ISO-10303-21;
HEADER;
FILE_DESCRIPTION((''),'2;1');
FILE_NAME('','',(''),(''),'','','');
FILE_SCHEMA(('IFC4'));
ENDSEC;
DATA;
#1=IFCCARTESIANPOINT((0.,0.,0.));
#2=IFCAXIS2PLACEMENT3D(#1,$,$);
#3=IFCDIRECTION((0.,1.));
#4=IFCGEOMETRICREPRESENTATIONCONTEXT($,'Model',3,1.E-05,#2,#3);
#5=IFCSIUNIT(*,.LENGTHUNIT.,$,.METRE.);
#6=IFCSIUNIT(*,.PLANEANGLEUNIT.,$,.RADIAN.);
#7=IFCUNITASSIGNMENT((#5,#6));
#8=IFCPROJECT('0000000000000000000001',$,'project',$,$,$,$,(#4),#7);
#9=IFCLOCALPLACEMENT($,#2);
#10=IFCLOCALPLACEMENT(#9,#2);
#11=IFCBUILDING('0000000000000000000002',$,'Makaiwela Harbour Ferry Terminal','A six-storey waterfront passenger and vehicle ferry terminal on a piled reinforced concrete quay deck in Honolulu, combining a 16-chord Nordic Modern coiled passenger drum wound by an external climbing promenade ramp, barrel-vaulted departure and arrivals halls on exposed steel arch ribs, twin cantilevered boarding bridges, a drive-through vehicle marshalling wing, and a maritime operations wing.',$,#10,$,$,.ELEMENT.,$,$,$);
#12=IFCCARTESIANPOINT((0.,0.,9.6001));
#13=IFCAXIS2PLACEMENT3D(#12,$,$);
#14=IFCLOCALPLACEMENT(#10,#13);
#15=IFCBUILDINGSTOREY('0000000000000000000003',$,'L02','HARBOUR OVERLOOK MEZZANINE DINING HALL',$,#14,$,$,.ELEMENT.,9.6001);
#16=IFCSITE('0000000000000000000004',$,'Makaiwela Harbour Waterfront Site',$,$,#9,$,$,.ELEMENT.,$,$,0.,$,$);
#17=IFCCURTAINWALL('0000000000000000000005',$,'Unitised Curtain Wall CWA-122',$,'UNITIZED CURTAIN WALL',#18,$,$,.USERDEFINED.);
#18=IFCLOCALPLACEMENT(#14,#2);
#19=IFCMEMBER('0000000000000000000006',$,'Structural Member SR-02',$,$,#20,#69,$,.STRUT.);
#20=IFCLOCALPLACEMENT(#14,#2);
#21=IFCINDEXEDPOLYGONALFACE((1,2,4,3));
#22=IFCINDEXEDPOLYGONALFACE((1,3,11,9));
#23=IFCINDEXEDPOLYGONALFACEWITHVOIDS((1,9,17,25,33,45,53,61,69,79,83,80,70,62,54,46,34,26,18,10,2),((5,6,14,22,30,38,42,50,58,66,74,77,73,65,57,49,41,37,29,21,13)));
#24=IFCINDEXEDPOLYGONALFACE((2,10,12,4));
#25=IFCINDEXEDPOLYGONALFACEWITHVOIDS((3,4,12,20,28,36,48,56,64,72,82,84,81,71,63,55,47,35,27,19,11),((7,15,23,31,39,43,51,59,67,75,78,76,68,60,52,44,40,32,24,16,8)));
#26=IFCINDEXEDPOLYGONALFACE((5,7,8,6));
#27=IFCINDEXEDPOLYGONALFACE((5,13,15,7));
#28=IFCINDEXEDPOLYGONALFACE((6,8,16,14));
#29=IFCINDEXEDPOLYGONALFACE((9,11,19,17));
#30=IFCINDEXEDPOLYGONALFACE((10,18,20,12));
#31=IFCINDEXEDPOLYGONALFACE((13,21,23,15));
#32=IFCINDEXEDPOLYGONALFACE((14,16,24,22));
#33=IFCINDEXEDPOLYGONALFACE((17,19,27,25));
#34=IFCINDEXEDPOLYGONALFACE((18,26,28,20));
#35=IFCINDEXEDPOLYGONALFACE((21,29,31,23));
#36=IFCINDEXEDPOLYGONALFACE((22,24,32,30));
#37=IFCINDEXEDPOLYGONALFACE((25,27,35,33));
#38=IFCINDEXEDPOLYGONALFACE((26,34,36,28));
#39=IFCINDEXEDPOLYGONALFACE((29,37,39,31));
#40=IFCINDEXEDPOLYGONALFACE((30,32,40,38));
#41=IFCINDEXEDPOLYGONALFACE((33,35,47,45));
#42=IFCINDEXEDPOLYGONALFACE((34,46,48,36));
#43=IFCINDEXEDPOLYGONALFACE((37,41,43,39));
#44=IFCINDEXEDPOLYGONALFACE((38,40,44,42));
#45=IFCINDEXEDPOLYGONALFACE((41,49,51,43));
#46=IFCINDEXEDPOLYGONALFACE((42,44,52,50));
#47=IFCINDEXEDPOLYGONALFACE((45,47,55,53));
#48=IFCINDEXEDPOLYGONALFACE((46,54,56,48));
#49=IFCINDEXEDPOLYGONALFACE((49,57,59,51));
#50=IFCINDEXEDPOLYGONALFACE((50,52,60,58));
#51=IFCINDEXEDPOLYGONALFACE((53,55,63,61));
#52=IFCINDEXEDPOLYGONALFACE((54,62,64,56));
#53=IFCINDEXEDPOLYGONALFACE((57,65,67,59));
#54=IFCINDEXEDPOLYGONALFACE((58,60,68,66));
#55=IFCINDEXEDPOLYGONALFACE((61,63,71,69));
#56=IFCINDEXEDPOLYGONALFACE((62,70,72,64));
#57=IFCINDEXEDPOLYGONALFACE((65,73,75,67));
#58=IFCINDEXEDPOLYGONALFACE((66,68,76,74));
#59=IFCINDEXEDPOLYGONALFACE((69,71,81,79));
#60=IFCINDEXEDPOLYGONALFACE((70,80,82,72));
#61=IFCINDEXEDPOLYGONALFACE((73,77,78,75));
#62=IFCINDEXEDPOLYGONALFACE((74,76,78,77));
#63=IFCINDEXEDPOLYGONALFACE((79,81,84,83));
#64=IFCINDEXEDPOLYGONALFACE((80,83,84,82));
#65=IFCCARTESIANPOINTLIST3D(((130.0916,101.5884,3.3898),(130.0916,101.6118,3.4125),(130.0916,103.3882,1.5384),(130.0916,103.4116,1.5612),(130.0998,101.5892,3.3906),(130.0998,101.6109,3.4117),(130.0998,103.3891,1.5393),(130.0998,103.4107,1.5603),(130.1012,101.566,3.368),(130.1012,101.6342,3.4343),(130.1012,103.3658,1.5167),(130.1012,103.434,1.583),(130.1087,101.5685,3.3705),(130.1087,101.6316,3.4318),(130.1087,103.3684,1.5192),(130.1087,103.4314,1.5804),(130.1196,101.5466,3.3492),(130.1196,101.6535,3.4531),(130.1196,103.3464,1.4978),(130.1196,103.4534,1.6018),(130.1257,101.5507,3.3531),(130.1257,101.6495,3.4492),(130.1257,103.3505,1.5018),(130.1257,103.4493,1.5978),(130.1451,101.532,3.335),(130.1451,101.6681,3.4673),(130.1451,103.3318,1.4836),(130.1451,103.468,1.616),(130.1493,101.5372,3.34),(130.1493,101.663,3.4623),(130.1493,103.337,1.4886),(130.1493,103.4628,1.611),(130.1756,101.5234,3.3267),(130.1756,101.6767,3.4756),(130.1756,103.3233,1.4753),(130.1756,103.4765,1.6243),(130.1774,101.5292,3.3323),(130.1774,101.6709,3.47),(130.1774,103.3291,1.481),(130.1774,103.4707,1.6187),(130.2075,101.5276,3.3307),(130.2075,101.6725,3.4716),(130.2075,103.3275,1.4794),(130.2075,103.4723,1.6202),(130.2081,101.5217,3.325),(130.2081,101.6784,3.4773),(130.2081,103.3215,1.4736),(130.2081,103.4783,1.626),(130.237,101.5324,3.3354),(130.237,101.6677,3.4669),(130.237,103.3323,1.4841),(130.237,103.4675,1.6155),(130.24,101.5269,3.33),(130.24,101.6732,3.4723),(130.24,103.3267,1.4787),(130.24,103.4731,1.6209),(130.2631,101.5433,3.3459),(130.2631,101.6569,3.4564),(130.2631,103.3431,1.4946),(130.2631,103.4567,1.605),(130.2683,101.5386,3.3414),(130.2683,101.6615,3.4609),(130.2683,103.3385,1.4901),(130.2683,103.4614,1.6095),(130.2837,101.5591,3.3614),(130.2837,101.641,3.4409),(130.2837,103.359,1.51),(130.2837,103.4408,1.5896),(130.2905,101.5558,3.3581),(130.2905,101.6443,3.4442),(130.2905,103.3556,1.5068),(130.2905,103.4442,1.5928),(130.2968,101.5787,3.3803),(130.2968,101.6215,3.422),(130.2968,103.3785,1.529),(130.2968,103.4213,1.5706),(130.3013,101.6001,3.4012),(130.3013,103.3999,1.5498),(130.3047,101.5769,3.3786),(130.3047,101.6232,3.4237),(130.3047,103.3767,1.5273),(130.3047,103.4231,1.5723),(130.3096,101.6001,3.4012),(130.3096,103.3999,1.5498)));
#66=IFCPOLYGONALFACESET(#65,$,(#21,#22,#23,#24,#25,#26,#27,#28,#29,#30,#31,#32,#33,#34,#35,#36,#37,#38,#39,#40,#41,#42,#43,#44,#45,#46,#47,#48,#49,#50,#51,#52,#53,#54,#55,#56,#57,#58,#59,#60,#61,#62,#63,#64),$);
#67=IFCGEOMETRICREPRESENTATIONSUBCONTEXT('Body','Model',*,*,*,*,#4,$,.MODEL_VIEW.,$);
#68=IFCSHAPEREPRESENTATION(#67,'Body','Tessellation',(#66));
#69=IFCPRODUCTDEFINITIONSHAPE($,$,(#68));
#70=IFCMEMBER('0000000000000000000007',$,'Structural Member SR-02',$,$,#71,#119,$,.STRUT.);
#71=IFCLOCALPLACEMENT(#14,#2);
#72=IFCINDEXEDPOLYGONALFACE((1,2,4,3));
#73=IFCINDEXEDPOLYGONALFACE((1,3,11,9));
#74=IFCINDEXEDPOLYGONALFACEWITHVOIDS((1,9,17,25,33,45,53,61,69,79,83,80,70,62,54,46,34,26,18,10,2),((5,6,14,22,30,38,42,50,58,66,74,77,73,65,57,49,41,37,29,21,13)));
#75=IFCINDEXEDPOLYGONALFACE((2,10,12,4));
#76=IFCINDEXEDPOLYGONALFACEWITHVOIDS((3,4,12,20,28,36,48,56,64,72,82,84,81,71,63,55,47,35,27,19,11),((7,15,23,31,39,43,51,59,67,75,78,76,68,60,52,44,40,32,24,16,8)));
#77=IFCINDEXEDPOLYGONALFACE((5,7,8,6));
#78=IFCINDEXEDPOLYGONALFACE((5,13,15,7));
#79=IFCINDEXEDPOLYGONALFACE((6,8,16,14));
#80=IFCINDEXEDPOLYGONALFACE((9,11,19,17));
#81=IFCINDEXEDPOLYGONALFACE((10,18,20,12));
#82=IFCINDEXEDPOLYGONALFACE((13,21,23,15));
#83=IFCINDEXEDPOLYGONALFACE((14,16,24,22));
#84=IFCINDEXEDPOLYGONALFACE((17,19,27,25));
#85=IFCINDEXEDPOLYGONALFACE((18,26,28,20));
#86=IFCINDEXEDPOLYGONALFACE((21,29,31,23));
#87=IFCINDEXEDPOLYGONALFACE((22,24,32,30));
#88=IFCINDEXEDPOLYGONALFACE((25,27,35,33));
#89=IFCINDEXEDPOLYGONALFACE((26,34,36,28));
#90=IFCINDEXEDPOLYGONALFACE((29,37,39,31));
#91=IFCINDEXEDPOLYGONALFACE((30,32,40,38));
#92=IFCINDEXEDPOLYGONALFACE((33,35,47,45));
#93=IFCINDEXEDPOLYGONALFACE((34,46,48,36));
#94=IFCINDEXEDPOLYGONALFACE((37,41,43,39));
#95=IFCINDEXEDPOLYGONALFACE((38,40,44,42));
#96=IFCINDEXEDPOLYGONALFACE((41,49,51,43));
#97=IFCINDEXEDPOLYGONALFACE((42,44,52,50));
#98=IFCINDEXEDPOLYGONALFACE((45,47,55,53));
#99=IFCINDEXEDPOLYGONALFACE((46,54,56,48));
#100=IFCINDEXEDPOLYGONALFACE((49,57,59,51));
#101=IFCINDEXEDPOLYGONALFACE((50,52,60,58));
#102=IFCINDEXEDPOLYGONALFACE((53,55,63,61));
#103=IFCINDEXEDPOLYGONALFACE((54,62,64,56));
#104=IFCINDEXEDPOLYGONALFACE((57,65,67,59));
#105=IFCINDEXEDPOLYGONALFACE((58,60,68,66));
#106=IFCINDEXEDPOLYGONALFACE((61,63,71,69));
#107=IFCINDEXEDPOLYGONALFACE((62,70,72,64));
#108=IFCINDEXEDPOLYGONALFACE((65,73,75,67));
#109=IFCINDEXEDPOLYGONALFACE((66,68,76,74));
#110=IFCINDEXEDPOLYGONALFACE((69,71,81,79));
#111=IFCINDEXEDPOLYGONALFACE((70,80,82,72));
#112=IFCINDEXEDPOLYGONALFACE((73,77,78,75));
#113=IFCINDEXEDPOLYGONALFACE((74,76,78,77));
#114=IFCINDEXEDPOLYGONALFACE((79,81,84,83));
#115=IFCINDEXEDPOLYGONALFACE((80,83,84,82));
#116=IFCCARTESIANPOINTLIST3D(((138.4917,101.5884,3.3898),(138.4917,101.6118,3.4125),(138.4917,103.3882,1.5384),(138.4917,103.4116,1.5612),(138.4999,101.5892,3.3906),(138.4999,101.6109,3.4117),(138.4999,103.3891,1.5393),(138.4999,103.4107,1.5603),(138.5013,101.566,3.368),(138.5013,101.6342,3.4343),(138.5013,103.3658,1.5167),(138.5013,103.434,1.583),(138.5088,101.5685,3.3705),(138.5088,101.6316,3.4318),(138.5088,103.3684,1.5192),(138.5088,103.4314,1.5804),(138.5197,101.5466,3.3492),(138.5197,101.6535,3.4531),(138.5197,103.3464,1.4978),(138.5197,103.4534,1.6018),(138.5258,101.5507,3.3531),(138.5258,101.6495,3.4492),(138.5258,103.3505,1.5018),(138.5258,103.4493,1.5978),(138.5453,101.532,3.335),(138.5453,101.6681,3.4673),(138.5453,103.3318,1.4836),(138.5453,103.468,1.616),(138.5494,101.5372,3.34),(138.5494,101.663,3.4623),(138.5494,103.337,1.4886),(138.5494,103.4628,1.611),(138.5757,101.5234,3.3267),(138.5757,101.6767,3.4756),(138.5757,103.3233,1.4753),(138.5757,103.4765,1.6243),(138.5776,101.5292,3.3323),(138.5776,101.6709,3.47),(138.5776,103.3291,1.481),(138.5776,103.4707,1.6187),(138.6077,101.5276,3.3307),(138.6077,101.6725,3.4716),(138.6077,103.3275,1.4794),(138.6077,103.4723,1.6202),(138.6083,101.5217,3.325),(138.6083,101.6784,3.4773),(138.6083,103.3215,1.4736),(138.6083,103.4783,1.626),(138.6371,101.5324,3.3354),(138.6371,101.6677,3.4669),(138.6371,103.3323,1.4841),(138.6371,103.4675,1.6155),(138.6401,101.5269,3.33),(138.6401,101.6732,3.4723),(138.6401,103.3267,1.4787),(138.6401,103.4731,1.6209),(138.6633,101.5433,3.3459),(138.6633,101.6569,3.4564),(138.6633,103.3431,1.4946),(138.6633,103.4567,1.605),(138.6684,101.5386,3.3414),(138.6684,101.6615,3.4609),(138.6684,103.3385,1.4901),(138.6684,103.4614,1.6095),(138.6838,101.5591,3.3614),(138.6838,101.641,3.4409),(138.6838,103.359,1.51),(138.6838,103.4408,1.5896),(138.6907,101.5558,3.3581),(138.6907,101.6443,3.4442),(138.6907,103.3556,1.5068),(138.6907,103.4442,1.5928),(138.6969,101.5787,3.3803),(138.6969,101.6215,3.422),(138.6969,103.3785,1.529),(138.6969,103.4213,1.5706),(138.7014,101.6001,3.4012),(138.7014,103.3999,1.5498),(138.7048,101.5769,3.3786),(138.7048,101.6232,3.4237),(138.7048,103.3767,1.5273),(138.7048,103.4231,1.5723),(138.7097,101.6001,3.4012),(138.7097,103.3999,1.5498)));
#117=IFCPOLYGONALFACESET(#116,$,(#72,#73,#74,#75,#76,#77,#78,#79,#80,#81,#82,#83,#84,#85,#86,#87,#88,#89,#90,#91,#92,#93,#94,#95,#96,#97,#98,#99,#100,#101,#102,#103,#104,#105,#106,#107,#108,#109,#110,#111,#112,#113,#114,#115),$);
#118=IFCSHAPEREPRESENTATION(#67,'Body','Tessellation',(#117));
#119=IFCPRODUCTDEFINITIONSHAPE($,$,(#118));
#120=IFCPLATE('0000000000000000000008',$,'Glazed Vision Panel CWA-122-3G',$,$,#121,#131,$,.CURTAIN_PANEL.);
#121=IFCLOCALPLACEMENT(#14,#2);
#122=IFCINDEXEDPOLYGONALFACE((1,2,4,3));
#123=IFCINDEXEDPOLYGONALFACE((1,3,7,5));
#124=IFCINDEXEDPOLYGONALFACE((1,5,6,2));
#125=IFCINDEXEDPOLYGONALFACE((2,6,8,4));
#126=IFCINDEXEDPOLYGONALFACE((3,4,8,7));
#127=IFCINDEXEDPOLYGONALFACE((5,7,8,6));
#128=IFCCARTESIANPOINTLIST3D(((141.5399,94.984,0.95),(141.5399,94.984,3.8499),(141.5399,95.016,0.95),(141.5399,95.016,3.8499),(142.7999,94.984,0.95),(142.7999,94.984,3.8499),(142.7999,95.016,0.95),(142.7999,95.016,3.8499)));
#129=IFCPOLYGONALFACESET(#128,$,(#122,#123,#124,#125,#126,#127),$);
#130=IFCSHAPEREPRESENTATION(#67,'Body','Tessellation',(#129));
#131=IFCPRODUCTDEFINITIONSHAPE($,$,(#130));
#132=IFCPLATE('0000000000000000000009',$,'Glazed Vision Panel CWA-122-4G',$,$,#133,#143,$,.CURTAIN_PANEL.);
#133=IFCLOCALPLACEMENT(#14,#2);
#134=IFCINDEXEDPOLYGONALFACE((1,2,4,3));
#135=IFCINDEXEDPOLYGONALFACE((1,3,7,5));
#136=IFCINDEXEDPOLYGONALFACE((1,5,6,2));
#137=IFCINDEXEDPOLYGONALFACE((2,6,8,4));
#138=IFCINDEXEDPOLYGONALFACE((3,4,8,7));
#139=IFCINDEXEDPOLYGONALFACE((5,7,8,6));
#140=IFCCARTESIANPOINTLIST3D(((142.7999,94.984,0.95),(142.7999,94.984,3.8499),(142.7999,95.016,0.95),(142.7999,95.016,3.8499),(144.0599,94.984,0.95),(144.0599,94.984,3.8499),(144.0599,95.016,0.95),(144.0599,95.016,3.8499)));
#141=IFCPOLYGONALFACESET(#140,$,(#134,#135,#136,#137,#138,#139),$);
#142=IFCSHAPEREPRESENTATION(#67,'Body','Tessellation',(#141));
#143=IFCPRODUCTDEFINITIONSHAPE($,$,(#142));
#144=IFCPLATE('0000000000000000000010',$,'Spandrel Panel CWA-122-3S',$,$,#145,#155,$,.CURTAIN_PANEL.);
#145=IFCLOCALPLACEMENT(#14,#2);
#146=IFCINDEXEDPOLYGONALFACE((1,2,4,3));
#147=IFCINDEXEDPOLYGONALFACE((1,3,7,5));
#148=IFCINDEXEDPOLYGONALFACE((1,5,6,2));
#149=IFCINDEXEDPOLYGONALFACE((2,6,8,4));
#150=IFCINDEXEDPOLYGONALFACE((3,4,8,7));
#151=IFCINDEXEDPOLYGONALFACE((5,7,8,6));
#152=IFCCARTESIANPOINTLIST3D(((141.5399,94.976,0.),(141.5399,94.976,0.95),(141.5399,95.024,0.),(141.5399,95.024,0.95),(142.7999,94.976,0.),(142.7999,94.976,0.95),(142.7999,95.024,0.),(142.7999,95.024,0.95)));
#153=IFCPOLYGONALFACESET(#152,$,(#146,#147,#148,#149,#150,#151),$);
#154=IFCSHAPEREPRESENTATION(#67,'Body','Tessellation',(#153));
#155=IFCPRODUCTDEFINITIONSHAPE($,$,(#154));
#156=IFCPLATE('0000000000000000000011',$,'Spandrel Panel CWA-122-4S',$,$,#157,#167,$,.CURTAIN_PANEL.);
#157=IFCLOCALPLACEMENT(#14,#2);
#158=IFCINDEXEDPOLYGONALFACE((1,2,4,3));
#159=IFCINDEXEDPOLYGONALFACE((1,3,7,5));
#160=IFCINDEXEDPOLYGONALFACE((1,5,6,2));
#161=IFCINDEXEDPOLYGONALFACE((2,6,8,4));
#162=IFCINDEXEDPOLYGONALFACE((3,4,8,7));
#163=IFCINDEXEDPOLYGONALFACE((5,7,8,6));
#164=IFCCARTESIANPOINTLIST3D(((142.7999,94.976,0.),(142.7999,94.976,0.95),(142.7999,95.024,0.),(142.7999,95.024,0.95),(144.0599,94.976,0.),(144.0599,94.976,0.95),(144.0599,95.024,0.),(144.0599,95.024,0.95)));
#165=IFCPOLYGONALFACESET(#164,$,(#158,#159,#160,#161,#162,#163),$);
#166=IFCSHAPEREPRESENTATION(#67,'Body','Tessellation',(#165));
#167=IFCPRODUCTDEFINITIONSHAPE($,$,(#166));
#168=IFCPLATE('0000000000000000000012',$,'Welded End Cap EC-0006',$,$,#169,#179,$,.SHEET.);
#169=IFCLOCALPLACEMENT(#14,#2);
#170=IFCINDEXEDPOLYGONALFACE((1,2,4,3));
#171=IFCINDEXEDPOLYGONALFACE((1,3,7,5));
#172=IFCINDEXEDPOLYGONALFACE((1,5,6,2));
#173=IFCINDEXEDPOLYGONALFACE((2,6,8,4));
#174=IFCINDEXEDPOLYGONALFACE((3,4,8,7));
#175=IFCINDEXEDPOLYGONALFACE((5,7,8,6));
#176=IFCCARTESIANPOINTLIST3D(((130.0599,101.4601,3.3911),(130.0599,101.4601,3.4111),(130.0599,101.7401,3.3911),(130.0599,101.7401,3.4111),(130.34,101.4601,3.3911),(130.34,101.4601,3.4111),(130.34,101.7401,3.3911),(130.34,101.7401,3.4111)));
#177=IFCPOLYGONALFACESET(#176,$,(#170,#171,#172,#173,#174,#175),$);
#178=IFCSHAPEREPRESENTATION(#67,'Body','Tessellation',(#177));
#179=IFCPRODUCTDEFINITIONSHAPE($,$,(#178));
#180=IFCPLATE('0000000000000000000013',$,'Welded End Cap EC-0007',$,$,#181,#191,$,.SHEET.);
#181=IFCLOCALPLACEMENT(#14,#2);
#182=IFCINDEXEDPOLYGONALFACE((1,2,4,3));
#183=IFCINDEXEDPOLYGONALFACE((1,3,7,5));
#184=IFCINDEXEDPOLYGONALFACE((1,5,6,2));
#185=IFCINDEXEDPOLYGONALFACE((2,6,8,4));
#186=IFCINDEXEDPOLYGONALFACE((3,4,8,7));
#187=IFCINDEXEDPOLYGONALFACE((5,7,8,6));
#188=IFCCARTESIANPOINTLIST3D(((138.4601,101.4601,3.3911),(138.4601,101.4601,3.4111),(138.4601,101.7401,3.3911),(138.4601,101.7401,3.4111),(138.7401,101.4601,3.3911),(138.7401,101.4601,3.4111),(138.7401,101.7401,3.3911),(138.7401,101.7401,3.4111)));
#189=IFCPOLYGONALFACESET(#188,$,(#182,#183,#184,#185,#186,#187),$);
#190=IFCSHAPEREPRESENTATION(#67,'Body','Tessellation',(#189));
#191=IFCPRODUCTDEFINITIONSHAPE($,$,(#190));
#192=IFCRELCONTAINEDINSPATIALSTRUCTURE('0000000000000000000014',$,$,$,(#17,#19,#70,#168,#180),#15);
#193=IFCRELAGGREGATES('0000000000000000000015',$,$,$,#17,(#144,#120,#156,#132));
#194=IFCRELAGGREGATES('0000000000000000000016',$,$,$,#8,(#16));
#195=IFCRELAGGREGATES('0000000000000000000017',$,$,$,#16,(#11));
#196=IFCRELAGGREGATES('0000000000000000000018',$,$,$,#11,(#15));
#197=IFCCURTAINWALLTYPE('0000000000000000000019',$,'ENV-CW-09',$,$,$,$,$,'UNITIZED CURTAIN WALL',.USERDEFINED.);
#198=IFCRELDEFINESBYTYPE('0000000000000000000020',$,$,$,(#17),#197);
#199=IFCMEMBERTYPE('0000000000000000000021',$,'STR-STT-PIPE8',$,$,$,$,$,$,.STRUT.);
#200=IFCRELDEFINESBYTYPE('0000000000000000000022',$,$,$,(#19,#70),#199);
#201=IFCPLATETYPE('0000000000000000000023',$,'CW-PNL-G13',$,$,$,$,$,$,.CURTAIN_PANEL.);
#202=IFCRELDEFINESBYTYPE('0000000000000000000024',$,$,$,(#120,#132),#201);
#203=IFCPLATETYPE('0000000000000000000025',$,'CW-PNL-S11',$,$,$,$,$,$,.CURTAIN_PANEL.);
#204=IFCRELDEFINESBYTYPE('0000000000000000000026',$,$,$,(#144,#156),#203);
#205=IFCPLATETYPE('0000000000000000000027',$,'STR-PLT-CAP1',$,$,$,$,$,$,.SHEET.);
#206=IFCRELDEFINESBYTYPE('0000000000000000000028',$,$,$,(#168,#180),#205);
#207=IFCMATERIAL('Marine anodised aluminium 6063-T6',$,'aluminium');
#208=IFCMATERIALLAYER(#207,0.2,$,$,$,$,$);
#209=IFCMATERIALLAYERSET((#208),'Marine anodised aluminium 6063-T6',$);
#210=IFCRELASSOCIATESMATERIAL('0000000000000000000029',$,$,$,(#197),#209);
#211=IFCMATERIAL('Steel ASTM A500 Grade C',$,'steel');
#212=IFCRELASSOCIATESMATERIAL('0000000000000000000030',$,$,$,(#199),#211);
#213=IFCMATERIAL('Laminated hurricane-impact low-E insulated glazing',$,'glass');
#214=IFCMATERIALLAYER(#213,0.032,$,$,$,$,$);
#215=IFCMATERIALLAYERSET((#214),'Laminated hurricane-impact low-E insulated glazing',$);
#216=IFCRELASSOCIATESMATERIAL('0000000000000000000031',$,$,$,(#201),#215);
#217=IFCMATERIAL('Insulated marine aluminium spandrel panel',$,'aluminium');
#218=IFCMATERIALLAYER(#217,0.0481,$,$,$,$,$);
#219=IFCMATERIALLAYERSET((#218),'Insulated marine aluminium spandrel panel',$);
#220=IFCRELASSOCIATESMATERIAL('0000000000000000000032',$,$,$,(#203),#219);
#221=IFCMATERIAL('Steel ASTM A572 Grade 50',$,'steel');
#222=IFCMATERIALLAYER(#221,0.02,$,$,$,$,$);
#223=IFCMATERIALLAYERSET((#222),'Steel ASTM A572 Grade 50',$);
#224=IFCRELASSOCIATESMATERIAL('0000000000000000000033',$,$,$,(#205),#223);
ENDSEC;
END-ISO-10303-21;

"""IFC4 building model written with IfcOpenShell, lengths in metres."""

from ifc_helpers import new_model, si_unit, direction, frame, origin, origin_2d, place, context, subcontext, project, spatial, rectangle, hollow_circle, extrude, material, layer, layer_set, material_profile, profile_set, type_object, element, aggregate, save


model = new_model("IFC4")

# Units and contexts
model_context = context("Model", 3, precision=1e-05, world=origin(), true_north=direction((0.0, 1.0)))
body_context = subcontext(model_context, "Body", "Model", "MODEL_VIEW")
ifc_project = project(units=[si_unit("LENGTHUNIT", "METRE"), si_unit("PLANEANGLEUNIT", "RADIAN")], contexts=[model_context])

# Site, building, storey
site_placement = place(None, origin())
site = spatial("IfcSite", under=ifc_project, at=site_placement, Name="Makaiwela Harbour Waterfront Site", CompositionType="ELEMENT", RefElevation=0.0)
building_placement = place(site_placement, origin())
building = spatial("IfcBuilding", under=site, at=building_placement, Name="Makaiwela Harbour Ferry Terminal", Description="A six-storey waterfront passenger and vehicle ferry terminal on a piled reinforced concrete quay deck in Honolulu, combining a 16-chord Nordic Modern coiled passenger drum wound by an external climbing promenade ramp, barrel-vaulted departure and arrivals halls on exposed steel arch ribs, twin cantilevered boarding bridges, a drive-through vehicle marshalling wing, and a maritime operations wing.", CompositionType="ELEMENT")
storey_placement = place(building_placement, frame((0.0, 0.0, 9.6001)))
storey = spatial("IfcBuildingStorey", under=building, at=storey_placement, Name="L02", Description="HARBOUR OVERLOOK MEZZANINE DINING HALL", CompositionType="ELEMENT", Elevation=9.6001)

# Curtain wall
ifc_material_1 = material(Name="Marine anodised aluminium 6063-T6", Category="aluminium")
ifc_layer_1 = layer(ifc_material_1, 0.2)
ifc_layer_set_1 = layer_set([ifc_layer_1], Name="Marine anodised aluminium 6063-T6")
curtain_wall_type = type_object("IfcCurtainWallType", Name="ENV-CW-09", ElementType="UNITIZED CURTAIN WALL", PredefinedType="USERDEFINED", material=ifc_layer_set_1)
curtain_wall_placement = place(storey_placement, origin())
curtain_wall = element("IfcCurtainWall", 1, at=curtain_wall_placement, inside=storey, type_object=curtain_wall_type, Name="Unitised Curtain Wall CWA-122", ObjectType="UNITIZED CURTAIN WALL", PredefinedType="USERDEFINED")

# Members
ifc_material_2 = material(Name="Steel ASTM A500 Grade C", Category="steel")
ifc_material_profile_1 = material_profile(ifc_material_2, hollow_circle(Radius=0.1096, WallThickness=0.0083, at=origin_2d()), Name="PIPE8STD")
ifc_profile_set_1 = profile_set([ifc_material_profile_1], Name="Steel ASTM A500 Grade C")
member_type_1 = type_object("IfcMemberType", Name="STR-STT-PIPE8", PredefinedType="STRUT", material=ifc_profile_set_1)
for number, where, z_axis, x_axis, name in (
    (2, (130.2, 103.3999, 1.5498), (0.0, -0.697061, 0.717012), (1.0, 0.0, 0.0), "Structural Member SR-02"),
    (3, (138.6001, 103.3999, 1.5498), (0.0, -0.697061, 0.717012), (1.0, 0.0, 0.0), "Structural Member SR-02"),
):
    element("IfcMember", number, at=place(storey_placement, frame(where, z_axis=z_axis, x_axis=x_axis)), inside=storey, type_object=member_type_1, Name=name, PredefinedType="STRUT", context=body_context, shape_type="SweptSolid", body=[
        extrude(hollow_circle(Radius=0.1096, WallThickness=0.0083, at=origin_2d()), origin(), (0.0, 0.0, 1.0), 2.582),
    ])

# Plates
ifc_material_3 = material(Name="Laminated hurricane-impact low-E insulated glazing", Category="glass")
ifc_layer_2 = layer(ifc_material_3, 0.032)
ifc_layer_set_2 = layer_set([ifc_layer_2], Name="Laminated hurricane-impact low-E insulated glazing")
plate_type_1 = type_object("IfcPlateType", Name="CW-PNL-G13", PredefinedType="CURTAIN_PANEL", material=ifc_layer_set_2)
plate_1_placement = place(storey_placement, frame((142.1699, 95.0, 0.95), z_axis=(0.0, 0.0, 1.0), x_axis=(1.0, 0.0, 0.0)))
plate_1 = element("IfcPlate", 4, at=plate_1_placement, type_object=plate_type_1, Name="Glazed Vision Panel CWA-122-3G", PredefinedType="CURTAIN_PANEL", context=body_context, shape_type="SweptSolid", body=[
    extrude(rectangle(XDim=1.26, YDim=0.032, at=origin_2d()), origin(), (0.0, 0.0, 1.0), 2.8999),
])
plate_2_placement = place(storey_placement, frame((143.4299, 95.0, 0.95), z_axis=(0.0, 0.0, 1.0), x_axis=(1.0, 0.0, 0.0)))
plate_2 = element("IfcPlate", 5, at=plate_2_placement, type_object=plate_type_1, Name="Glazed Vision Panel CWA-122-4G", PredefinedType="CURTAIN_PANEL", context=body_context, shape_type="SweptSolid", body=[
    extrude(rectangle(XDim=1.26, YDim=0.032, at=origin_2d()), origin(), (0.0, 0.0, 1.0), 2.8999),
])
ifc_material_4 = material(Name="Insulated marine aluminium spandrel panel", Category="aluminium")
ifc_layer_3 = layer(ifc_material_4, 0.0481)
ifc_layer_set_3 = layer_set([ifc_layer_3], Name="Insulated marine aluminium spandrel panel")
plate_type_2 = type_object("IfcPlateType", Name="CW-PNL-S11", PredefinedType="CURTAIN_PANEL", material=ifc_layer_set_3)
plate_3_placement = place(storey_placement, frame((142.1699, 95.0, 0.0), z_axis=(0.0, 0.0, 1.0), x_axis=(1.0, 0.0, 0.0)))
plate_3 = element("IfcPlate", 6, at=plate_3_placement, type_object=plate_type_2, Name="Spandrel Panel CWA-122-3S", PredefinedType="CURTAIN_PANEL", context=body_context, shape_type="SweptSolid", body=[
    extrude(rectangle(XDim=1.26, YDim=0.0481, at=origin_2d()), origin(), (0.0, 0.0, 1.0), 0.95),
])
plate_4_placement = place(storey_placement, frame((143.4299, 95.0, 0.0), z_axis=(0.0, 0.0, 1.0), x_axis=(1.0, 0.0, 0.0)))
plate_4 = element("IfcPlate", 7, at=plate_4_placement, type_object=plate_type_2, Name="Spandrel Panel CWA-122-4S", PredefinedType="CURTAIN_PANEL", context=body_context, shape_type="SweptSolid", body=[
    extrude(rectangle(XDim=1.26, YDim=0.0481, at=origin_2d()), origin(), (0.0, 0.0, 1.0), 0.95),
])
aggregate(curtain_wall, [plate_3, plate_1, plate_4, plate_2])

# Plates
ifc_material_5 = material(Name="Steel ASTM A572 Grade 50", Category="steel")
ifc_layer_4 = layer(ifc_material_5, 0.02)
ifc_layer_set_4 = layer_set([ifc_layer_4], Name="Steel ASTM A572 Grade 50")
plate_type_3 = type_object("IfcPlateType", Name="STR-PLT-CAP1", PredefinedType="SHEET", material=ifc_layer_set_4)
for number, where, z_axis, x_axis, name in (
    (8, (130.2, 101.6001, 3.3911), (0.0, 0.0, 1.0), (1.0, 0.0, 0.0), "Welded End Cap EC-0006"),
    (9, (138.6001, 101.6001, 3.3911), (0.0, 0.0, 1.0), (1.0, 0.0, 0.0), "Welded End Cap EC-0007"),
):
    element("IfcPlate", number, at=place(storey_placement, frame(where, z_axis=z_axis, x_axis=x_axis)), inside=storey, type_object=plate_type_3, Name=name, PredefinedType="SHEET", context=body_context, shape_type="SweptSolid", body=[
        extrude(rectangle(XDim=0.28, YDim=0.28, at=origin_2d()), origin(), (0.0, 0.0, 1.0), 0.02),
    ])

save(model, "model.ifc")
